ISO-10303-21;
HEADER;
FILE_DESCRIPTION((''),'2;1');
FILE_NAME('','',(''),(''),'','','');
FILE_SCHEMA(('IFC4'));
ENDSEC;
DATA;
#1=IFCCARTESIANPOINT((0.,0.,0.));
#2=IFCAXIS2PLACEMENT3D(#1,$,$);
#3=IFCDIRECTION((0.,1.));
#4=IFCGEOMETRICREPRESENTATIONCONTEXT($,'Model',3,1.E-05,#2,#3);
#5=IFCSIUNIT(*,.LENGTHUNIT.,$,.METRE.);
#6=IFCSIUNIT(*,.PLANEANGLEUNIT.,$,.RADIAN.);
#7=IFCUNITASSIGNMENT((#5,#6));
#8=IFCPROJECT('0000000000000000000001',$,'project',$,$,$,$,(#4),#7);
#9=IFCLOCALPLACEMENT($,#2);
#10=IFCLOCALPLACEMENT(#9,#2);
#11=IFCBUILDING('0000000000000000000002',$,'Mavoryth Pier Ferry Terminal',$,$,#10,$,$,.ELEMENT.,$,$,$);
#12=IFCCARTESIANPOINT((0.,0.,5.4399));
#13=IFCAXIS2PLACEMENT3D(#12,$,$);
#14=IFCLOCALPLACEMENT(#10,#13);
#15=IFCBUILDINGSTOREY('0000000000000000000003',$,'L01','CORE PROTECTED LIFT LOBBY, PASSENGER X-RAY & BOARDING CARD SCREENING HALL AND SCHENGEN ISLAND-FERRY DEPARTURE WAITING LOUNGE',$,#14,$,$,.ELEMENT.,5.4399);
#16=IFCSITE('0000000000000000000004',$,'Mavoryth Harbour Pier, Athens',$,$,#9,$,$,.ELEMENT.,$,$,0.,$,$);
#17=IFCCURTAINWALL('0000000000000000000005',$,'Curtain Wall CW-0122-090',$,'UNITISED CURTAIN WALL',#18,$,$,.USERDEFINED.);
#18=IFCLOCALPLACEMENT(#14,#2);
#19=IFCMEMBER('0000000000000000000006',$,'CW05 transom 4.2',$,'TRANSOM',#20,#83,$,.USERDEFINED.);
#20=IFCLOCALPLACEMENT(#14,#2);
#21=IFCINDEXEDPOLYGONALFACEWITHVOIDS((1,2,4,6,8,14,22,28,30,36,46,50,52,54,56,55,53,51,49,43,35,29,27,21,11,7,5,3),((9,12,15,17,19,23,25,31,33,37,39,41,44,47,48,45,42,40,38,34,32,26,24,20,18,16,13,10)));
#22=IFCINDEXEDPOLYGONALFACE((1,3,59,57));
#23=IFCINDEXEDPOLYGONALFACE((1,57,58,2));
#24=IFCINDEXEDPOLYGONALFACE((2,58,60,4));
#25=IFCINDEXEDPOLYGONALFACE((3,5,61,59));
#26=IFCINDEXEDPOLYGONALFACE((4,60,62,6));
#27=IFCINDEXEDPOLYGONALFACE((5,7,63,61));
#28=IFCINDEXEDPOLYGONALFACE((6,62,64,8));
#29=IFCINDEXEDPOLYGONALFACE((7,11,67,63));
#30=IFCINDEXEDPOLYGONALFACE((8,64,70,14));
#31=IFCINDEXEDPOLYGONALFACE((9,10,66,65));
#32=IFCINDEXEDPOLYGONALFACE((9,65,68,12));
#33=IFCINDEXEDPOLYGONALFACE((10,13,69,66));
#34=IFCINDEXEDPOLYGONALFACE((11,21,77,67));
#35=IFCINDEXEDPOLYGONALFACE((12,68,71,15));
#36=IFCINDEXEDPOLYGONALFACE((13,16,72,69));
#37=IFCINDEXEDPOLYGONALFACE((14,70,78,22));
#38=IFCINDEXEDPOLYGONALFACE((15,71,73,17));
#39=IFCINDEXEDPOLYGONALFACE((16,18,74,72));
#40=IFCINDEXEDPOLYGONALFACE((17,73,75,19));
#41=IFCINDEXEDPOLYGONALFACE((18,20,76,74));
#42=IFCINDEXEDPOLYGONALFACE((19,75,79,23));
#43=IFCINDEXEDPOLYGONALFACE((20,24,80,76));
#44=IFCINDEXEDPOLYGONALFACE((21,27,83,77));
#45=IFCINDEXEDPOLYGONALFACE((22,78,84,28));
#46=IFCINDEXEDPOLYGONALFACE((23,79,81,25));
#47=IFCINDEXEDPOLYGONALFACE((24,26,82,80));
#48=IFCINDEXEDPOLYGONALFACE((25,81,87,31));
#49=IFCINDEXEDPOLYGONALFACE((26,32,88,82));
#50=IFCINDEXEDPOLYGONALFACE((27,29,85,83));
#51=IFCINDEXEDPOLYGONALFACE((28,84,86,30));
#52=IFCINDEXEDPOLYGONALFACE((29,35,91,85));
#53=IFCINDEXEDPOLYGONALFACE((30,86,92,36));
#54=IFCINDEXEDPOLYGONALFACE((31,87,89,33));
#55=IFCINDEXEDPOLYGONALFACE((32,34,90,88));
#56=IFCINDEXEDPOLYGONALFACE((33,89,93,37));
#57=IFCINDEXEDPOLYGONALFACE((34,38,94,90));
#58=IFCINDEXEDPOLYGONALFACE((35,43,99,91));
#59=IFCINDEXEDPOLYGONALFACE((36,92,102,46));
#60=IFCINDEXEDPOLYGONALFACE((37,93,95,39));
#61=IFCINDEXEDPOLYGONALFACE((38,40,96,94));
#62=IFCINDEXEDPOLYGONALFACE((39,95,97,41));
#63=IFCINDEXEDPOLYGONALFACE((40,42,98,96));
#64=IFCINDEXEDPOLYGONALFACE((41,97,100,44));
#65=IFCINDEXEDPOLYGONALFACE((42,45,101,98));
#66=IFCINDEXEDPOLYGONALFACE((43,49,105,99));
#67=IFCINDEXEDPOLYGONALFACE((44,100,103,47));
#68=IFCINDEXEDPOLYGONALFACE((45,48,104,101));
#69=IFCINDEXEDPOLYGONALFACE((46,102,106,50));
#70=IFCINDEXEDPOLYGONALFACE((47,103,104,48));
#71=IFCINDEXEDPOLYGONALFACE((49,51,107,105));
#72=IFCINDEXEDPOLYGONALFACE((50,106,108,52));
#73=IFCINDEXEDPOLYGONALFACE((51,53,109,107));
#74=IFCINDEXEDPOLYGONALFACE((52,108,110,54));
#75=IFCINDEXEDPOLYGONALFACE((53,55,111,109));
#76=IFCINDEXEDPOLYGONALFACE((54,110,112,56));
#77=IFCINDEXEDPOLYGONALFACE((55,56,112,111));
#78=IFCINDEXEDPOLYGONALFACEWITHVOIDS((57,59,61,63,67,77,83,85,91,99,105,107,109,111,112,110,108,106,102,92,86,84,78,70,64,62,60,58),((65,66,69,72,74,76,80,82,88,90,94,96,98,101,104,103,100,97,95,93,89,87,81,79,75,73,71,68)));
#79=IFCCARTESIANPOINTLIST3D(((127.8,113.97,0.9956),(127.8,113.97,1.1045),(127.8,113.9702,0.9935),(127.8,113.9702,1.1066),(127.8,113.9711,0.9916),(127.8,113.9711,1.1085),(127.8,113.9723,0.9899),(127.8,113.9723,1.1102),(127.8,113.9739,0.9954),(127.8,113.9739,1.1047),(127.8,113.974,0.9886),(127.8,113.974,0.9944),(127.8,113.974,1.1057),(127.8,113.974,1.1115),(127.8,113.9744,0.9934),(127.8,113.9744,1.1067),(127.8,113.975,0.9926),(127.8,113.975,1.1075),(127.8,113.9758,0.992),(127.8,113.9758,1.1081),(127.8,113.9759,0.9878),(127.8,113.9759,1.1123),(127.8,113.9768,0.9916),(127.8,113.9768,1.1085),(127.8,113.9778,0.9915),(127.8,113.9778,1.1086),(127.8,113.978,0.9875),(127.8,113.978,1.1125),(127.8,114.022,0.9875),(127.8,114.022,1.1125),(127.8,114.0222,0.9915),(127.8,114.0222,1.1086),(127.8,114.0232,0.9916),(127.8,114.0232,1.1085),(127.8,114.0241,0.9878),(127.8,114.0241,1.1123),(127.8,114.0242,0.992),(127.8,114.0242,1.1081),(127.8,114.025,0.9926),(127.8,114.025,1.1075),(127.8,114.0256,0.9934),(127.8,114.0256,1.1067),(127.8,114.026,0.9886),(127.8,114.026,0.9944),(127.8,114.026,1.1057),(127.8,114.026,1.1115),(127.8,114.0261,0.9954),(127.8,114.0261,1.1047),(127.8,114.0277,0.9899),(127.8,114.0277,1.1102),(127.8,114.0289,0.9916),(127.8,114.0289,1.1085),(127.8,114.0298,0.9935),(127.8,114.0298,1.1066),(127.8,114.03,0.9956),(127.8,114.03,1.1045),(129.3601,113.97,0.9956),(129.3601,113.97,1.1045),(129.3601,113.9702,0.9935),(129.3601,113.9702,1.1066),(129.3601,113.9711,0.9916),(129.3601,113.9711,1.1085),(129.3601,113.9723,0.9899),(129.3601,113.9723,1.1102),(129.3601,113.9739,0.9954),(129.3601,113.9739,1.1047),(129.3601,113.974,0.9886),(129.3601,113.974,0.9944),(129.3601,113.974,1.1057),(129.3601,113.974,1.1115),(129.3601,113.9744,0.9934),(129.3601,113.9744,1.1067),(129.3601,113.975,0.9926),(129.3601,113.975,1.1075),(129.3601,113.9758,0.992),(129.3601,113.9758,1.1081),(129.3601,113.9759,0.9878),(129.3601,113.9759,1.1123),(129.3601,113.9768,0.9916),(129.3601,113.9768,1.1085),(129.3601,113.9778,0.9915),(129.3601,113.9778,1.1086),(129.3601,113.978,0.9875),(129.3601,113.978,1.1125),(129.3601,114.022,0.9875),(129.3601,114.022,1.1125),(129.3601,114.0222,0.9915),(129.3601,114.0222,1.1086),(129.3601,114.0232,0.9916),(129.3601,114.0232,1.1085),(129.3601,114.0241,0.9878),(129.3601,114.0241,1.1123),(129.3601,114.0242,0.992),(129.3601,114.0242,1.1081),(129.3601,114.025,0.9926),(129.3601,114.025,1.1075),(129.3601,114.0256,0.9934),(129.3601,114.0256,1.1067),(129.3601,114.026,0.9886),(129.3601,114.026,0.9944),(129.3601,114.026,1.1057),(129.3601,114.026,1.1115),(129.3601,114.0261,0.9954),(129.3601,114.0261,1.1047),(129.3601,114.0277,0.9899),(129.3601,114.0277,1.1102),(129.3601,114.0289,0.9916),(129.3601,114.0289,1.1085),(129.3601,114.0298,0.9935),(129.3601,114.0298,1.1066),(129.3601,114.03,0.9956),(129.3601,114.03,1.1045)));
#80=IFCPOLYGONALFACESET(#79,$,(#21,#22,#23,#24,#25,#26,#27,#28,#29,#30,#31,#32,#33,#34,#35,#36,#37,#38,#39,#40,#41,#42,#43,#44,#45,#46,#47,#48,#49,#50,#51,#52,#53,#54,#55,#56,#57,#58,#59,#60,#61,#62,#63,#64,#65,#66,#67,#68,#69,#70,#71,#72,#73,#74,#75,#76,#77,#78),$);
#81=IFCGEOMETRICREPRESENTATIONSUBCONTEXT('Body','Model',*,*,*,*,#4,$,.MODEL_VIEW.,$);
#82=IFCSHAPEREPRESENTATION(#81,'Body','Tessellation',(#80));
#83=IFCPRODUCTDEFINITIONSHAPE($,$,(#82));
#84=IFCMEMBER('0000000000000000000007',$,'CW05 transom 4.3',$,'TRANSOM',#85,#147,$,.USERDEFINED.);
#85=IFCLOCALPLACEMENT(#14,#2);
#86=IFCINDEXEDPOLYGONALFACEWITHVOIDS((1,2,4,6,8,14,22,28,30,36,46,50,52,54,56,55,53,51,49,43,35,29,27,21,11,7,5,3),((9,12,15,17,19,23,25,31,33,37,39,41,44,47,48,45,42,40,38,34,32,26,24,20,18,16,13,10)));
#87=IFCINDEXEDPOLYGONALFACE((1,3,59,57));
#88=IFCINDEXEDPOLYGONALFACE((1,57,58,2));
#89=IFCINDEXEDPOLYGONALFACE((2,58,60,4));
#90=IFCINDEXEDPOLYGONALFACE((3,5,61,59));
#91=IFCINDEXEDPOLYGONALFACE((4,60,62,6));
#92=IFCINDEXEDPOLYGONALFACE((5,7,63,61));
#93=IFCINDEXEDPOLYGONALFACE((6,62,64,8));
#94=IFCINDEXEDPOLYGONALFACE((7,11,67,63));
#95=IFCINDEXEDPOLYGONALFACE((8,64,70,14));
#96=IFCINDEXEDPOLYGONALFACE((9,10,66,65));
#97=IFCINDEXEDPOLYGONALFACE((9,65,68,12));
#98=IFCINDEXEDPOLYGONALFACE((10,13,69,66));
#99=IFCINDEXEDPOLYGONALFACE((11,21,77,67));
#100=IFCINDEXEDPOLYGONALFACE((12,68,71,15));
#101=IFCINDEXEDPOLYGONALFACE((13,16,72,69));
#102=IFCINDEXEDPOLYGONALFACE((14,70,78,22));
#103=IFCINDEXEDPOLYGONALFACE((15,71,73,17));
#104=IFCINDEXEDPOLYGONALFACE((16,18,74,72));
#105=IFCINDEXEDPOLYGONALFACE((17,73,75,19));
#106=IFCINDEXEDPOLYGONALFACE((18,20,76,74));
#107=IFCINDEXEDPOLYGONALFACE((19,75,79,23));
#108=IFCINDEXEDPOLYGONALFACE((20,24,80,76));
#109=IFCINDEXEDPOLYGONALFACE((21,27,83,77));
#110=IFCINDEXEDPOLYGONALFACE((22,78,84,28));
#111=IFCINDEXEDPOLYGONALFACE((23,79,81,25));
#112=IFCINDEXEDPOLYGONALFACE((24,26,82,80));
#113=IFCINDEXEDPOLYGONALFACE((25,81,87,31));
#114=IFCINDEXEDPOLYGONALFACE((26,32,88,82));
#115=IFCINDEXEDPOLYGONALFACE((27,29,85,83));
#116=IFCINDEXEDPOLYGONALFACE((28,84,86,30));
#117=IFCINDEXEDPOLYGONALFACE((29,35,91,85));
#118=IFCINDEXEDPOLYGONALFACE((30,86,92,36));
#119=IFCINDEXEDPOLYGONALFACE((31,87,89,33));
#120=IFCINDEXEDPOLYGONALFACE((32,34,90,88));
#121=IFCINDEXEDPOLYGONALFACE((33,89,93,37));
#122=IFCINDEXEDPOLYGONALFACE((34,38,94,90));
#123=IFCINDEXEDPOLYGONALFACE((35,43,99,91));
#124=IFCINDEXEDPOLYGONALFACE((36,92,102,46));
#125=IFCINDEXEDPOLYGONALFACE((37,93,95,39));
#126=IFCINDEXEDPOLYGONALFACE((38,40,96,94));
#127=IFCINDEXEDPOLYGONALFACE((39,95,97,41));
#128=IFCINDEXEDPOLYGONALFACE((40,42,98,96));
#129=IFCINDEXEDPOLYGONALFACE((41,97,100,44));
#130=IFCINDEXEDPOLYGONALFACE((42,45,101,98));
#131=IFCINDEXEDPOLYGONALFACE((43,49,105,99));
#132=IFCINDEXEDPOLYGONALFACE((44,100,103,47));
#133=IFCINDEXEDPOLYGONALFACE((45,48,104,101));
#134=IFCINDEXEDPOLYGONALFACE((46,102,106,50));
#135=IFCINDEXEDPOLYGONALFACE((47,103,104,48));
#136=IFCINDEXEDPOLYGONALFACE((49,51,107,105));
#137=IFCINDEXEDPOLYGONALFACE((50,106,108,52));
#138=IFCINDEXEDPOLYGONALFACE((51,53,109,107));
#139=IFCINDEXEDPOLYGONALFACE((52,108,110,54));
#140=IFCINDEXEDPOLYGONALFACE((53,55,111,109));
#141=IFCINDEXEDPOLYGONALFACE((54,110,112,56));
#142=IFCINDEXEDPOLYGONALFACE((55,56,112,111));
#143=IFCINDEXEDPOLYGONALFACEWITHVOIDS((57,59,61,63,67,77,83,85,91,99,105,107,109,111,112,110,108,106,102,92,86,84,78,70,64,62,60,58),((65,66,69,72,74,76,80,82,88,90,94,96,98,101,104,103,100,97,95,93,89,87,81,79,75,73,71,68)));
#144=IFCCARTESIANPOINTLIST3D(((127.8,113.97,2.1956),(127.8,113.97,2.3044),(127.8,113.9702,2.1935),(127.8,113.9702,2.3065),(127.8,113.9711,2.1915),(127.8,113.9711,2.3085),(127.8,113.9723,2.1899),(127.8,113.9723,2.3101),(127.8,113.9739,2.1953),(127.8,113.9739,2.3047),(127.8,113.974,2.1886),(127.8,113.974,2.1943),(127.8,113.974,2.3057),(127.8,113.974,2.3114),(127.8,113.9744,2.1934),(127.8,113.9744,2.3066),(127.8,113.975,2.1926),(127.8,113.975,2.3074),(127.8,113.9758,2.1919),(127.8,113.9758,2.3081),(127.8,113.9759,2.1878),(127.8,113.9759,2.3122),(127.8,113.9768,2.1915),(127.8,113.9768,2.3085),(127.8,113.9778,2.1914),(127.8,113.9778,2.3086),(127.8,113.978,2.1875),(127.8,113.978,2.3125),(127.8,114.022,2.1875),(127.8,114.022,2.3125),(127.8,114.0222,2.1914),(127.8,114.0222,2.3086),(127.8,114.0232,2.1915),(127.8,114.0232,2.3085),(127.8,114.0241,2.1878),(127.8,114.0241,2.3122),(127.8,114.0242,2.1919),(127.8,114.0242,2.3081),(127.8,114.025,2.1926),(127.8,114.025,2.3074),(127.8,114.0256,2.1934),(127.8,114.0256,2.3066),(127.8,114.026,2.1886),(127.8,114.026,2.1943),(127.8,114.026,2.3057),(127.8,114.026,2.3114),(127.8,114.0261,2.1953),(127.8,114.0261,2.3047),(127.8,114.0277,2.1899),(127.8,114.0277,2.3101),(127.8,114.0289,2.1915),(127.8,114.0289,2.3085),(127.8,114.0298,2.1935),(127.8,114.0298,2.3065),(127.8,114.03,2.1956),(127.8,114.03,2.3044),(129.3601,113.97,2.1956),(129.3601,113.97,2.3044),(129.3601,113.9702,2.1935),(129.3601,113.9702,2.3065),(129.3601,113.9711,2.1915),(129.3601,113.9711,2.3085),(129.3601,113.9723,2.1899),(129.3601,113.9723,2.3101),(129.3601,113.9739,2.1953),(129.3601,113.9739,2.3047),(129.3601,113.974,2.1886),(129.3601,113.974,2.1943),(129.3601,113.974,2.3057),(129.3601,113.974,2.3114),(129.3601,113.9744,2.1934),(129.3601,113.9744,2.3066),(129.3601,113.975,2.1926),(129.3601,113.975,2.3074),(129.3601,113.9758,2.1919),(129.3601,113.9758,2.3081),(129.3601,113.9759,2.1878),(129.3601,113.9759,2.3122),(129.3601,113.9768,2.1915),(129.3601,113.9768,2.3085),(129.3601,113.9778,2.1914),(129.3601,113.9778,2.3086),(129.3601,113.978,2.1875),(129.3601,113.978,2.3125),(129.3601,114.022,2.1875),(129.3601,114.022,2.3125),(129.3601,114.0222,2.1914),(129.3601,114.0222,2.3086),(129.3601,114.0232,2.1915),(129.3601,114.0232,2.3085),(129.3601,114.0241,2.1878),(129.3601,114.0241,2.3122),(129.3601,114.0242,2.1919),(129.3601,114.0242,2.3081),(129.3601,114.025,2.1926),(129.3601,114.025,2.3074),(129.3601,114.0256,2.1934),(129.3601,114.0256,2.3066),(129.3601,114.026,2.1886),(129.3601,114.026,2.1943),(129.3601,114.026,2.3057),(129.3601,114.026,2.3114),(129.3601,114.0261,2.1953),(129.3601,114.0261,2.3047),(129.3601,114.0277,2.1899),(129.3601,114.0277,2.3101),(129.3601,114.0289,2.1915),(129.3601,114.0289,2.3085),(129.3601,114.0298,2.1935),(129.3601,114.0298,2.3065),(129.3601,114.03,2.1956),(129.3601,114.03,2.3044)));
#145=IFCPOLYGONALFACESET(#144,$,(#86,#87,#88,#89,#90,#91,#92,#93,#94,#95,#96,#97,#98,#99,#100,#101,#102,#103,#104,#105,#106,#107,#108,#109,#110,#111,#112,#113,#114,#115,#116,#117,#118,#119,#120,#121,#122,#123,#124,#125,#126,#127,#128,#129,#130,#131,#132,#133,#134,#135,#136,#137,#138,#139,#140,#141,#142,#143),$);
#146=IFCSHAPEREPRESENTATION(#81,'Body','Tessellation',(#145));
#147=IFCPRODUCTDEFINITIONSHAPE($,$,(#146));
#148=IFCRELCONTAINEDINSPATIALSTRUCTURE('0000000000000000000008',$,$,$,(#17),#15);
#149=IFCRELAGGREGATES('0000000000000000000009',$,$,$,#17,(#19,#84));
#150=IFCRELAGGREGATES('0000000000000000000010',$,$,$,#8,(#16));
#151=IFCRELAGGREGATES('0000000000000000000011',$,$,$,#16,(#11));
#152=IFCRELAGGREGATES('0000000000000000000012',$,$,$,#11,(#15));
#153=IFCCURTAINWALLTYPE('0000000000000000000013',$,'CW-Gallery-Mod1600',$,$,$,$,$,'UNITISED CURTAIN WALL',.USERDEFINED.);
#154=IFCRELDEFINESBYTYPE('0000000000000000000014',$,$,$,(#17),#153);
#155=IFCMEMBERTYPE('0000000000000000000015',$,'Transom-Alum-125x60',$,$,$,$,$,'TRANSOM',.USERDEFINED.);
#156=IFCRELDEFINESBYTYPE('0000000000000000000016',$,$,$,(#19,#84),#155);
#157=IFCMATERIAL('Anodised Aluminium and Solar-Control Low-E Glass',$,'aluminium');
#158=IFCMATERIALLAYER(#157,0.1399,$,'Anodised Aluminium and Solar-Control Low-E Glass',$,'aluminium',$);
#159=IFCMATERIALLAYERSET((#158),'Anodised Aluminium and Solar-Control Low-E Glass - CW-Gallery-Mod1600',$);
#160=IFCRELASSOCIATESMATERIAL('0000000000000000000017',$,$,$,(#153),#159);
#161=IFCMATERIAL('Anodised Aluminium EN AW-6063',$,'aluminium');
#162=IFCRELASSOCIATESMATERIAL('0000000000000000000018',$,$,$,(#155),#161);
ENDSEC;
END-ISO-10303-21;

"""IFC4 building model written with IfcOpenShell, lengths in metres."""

from ifc_helpers import new_model, si_unit, direction, frame, origin, origin_2d, place, context, subcontext, project, spatial, hollow_rectangle, extrude, material, layer, layer_set, material_profile, profile_set, type_object, element, aggregate, save


model = new_model("IFC4")

# Units and contexts
model_context = context("Model", 3, precision=1e-05, world=origin(), true_north=direction((0.0, 1.0)))
body_context = subcontext(model_context, "Body", "Model", "MODEL_VIEW")
ifc_project = project(units=[si_unit("LENGTHUNIT", "METRE"), si_unit("PLANEANGLEUNIT", "RADIAN")], contexts=[model_context])

# Site, building, storey
site_placement = place(None, origin())
site = spatial("IfcSite", under=ifc_project, at=site_placement, Name="Mavoryth Harbour Pier, Athens", CompositionType="ELEMENT", RefElevation=0.0)
building_placement = place(site_placement, origin())
building = spatial("IfcBuilding", under=site, at=building_placement, Name="Mavoryth Pier Ferry Terminal", CompositionType="ELEMENT")
storey_placement = place(building_placement, frame((0.0, 0.0, 5.4399)))
storey = spatial("IfcBuildingStorey", under=building, at=storey_placement, Name="L01", Description="CORE PROTECTED LIFT LOBBY, PASSENGER X-RAY & BOARDING CARD SCREENING HALL AND SCHENGEN ISLAND-FERRY DEPARTURE WAITING LOUNGE", CompositionType="ELEMENT", Elevation=5.4399)

# Shared definitions
ifc_material_1 = material(Name="Anodised Aluminium and Solar-Control Low-E Glass", Category="aluminium")
ifc_layer_1 = layer(ifc_material_1, 0.1399, Name="Anodised Aluminium and Solar-Control Low-E Glass", Category="aluminium")
ifc_layer_set_1 = layer_set([ifc_layer_1], Name="Anodised Aluminium and Solar-Control Low-E Glass - CW-Gallery-Mod1600")
curtain_wall_type = type_object("IfcCurtainWallType", Name="CW-Gallery-Mod1600", ElementType="UNITISED CURTAIN WALL", PredefinedType="USERDEFINED", material=ifc_layer_set_1)
ifc_material_2 = material(Name="Anodised Aluminium EN AW-6063", Category="aluminium")

# Curtain wall
curtain_wall_1_placement = place(storey_placement, origin())
curtain_wall_1 = element("IfcCurtainWall", 1, at=curtain_wall_1_placement, inside=storey, type_object=curtain_wall_type, Name="Curtain Wall CW-0122-090", ObjectType="UNITISED CURTAIN WALL", PredefinedType="USERDEFINED")

# Members
ifc_material_profile_1 = material_profile(ifc_material_2, hollow_rectangle(XDim=0.0601, YDim=0.125, WallThickness=0.0039, InnerFilletRadius=0.0039, OuterFilletRadius=0.0081, at=origin_2d()), Name="AL-TRAN 125x60x4", Category="aluminium")
ifc_profile_set_1 = profile_set([ifc_material_profile_1], Name="Anodised Aluminium EN AW-6063 - AL-TRAN 125x60x4")
member_type_1 = type_object("IfcMemberType", Name="Transom-Alum-125x60", ElementType="TRANSOM", PredefinedType="USERDEFINED", material=ifc_profile_set_1)
member_1_placement = place(storey_placement, frame((129.3601, 114.0, 1.05), z_axis=(-1.0, 0.0, 0.0), x_axis=(0.0, -1.0, 0.0)))
member_1 = element("IfcMember", 2, at=member_1_placement, type_object=member_type_1, Name="CW05 transom 4.2", ObjectType="TRANSOM", PredefinedType="USERDEFINED", context=body_context, shape_type="SweptSolid", body=[
    extrude(hollow_rectangle(XDim=0.0601, YDim=0.125, WallThickness=0.0039, InnerFilletRadius=0.0039, OuterFilletRadius=0.0081, at=origin_2d()), origin(), (0.0, 0.0, 1.0), 1.5601),
])
member_2_placement = place(storey_placement, frame((129.3601, 114.0, 2.25), z_axis=(-1.0, 0.0, 0.0), x_axis=(0.0, -1.0, 0.0)))
member_2 = element("IfcMember", 3, at=member_2_placement, type_object=member_type_1, Name="CW05 transom 4.3", ObjectType="TRANSOM", PredefinedType="USERDEFINED", context=body_context, shape_type="SweptSolid", body=[
    extrude(hollow_rectangle(XDim=0.0601, YDim=0.125, WallThickness=0.0039, InnerFilletRadius=0.0039, OuterFilletRadius=0.0081, at=origin_2d()), origin(), (0.0, 0.0, 1.0), 1.5601),
])

aggregate(curtain_wall_1, [member_1, member_2])

save(model, "model.ifc")
